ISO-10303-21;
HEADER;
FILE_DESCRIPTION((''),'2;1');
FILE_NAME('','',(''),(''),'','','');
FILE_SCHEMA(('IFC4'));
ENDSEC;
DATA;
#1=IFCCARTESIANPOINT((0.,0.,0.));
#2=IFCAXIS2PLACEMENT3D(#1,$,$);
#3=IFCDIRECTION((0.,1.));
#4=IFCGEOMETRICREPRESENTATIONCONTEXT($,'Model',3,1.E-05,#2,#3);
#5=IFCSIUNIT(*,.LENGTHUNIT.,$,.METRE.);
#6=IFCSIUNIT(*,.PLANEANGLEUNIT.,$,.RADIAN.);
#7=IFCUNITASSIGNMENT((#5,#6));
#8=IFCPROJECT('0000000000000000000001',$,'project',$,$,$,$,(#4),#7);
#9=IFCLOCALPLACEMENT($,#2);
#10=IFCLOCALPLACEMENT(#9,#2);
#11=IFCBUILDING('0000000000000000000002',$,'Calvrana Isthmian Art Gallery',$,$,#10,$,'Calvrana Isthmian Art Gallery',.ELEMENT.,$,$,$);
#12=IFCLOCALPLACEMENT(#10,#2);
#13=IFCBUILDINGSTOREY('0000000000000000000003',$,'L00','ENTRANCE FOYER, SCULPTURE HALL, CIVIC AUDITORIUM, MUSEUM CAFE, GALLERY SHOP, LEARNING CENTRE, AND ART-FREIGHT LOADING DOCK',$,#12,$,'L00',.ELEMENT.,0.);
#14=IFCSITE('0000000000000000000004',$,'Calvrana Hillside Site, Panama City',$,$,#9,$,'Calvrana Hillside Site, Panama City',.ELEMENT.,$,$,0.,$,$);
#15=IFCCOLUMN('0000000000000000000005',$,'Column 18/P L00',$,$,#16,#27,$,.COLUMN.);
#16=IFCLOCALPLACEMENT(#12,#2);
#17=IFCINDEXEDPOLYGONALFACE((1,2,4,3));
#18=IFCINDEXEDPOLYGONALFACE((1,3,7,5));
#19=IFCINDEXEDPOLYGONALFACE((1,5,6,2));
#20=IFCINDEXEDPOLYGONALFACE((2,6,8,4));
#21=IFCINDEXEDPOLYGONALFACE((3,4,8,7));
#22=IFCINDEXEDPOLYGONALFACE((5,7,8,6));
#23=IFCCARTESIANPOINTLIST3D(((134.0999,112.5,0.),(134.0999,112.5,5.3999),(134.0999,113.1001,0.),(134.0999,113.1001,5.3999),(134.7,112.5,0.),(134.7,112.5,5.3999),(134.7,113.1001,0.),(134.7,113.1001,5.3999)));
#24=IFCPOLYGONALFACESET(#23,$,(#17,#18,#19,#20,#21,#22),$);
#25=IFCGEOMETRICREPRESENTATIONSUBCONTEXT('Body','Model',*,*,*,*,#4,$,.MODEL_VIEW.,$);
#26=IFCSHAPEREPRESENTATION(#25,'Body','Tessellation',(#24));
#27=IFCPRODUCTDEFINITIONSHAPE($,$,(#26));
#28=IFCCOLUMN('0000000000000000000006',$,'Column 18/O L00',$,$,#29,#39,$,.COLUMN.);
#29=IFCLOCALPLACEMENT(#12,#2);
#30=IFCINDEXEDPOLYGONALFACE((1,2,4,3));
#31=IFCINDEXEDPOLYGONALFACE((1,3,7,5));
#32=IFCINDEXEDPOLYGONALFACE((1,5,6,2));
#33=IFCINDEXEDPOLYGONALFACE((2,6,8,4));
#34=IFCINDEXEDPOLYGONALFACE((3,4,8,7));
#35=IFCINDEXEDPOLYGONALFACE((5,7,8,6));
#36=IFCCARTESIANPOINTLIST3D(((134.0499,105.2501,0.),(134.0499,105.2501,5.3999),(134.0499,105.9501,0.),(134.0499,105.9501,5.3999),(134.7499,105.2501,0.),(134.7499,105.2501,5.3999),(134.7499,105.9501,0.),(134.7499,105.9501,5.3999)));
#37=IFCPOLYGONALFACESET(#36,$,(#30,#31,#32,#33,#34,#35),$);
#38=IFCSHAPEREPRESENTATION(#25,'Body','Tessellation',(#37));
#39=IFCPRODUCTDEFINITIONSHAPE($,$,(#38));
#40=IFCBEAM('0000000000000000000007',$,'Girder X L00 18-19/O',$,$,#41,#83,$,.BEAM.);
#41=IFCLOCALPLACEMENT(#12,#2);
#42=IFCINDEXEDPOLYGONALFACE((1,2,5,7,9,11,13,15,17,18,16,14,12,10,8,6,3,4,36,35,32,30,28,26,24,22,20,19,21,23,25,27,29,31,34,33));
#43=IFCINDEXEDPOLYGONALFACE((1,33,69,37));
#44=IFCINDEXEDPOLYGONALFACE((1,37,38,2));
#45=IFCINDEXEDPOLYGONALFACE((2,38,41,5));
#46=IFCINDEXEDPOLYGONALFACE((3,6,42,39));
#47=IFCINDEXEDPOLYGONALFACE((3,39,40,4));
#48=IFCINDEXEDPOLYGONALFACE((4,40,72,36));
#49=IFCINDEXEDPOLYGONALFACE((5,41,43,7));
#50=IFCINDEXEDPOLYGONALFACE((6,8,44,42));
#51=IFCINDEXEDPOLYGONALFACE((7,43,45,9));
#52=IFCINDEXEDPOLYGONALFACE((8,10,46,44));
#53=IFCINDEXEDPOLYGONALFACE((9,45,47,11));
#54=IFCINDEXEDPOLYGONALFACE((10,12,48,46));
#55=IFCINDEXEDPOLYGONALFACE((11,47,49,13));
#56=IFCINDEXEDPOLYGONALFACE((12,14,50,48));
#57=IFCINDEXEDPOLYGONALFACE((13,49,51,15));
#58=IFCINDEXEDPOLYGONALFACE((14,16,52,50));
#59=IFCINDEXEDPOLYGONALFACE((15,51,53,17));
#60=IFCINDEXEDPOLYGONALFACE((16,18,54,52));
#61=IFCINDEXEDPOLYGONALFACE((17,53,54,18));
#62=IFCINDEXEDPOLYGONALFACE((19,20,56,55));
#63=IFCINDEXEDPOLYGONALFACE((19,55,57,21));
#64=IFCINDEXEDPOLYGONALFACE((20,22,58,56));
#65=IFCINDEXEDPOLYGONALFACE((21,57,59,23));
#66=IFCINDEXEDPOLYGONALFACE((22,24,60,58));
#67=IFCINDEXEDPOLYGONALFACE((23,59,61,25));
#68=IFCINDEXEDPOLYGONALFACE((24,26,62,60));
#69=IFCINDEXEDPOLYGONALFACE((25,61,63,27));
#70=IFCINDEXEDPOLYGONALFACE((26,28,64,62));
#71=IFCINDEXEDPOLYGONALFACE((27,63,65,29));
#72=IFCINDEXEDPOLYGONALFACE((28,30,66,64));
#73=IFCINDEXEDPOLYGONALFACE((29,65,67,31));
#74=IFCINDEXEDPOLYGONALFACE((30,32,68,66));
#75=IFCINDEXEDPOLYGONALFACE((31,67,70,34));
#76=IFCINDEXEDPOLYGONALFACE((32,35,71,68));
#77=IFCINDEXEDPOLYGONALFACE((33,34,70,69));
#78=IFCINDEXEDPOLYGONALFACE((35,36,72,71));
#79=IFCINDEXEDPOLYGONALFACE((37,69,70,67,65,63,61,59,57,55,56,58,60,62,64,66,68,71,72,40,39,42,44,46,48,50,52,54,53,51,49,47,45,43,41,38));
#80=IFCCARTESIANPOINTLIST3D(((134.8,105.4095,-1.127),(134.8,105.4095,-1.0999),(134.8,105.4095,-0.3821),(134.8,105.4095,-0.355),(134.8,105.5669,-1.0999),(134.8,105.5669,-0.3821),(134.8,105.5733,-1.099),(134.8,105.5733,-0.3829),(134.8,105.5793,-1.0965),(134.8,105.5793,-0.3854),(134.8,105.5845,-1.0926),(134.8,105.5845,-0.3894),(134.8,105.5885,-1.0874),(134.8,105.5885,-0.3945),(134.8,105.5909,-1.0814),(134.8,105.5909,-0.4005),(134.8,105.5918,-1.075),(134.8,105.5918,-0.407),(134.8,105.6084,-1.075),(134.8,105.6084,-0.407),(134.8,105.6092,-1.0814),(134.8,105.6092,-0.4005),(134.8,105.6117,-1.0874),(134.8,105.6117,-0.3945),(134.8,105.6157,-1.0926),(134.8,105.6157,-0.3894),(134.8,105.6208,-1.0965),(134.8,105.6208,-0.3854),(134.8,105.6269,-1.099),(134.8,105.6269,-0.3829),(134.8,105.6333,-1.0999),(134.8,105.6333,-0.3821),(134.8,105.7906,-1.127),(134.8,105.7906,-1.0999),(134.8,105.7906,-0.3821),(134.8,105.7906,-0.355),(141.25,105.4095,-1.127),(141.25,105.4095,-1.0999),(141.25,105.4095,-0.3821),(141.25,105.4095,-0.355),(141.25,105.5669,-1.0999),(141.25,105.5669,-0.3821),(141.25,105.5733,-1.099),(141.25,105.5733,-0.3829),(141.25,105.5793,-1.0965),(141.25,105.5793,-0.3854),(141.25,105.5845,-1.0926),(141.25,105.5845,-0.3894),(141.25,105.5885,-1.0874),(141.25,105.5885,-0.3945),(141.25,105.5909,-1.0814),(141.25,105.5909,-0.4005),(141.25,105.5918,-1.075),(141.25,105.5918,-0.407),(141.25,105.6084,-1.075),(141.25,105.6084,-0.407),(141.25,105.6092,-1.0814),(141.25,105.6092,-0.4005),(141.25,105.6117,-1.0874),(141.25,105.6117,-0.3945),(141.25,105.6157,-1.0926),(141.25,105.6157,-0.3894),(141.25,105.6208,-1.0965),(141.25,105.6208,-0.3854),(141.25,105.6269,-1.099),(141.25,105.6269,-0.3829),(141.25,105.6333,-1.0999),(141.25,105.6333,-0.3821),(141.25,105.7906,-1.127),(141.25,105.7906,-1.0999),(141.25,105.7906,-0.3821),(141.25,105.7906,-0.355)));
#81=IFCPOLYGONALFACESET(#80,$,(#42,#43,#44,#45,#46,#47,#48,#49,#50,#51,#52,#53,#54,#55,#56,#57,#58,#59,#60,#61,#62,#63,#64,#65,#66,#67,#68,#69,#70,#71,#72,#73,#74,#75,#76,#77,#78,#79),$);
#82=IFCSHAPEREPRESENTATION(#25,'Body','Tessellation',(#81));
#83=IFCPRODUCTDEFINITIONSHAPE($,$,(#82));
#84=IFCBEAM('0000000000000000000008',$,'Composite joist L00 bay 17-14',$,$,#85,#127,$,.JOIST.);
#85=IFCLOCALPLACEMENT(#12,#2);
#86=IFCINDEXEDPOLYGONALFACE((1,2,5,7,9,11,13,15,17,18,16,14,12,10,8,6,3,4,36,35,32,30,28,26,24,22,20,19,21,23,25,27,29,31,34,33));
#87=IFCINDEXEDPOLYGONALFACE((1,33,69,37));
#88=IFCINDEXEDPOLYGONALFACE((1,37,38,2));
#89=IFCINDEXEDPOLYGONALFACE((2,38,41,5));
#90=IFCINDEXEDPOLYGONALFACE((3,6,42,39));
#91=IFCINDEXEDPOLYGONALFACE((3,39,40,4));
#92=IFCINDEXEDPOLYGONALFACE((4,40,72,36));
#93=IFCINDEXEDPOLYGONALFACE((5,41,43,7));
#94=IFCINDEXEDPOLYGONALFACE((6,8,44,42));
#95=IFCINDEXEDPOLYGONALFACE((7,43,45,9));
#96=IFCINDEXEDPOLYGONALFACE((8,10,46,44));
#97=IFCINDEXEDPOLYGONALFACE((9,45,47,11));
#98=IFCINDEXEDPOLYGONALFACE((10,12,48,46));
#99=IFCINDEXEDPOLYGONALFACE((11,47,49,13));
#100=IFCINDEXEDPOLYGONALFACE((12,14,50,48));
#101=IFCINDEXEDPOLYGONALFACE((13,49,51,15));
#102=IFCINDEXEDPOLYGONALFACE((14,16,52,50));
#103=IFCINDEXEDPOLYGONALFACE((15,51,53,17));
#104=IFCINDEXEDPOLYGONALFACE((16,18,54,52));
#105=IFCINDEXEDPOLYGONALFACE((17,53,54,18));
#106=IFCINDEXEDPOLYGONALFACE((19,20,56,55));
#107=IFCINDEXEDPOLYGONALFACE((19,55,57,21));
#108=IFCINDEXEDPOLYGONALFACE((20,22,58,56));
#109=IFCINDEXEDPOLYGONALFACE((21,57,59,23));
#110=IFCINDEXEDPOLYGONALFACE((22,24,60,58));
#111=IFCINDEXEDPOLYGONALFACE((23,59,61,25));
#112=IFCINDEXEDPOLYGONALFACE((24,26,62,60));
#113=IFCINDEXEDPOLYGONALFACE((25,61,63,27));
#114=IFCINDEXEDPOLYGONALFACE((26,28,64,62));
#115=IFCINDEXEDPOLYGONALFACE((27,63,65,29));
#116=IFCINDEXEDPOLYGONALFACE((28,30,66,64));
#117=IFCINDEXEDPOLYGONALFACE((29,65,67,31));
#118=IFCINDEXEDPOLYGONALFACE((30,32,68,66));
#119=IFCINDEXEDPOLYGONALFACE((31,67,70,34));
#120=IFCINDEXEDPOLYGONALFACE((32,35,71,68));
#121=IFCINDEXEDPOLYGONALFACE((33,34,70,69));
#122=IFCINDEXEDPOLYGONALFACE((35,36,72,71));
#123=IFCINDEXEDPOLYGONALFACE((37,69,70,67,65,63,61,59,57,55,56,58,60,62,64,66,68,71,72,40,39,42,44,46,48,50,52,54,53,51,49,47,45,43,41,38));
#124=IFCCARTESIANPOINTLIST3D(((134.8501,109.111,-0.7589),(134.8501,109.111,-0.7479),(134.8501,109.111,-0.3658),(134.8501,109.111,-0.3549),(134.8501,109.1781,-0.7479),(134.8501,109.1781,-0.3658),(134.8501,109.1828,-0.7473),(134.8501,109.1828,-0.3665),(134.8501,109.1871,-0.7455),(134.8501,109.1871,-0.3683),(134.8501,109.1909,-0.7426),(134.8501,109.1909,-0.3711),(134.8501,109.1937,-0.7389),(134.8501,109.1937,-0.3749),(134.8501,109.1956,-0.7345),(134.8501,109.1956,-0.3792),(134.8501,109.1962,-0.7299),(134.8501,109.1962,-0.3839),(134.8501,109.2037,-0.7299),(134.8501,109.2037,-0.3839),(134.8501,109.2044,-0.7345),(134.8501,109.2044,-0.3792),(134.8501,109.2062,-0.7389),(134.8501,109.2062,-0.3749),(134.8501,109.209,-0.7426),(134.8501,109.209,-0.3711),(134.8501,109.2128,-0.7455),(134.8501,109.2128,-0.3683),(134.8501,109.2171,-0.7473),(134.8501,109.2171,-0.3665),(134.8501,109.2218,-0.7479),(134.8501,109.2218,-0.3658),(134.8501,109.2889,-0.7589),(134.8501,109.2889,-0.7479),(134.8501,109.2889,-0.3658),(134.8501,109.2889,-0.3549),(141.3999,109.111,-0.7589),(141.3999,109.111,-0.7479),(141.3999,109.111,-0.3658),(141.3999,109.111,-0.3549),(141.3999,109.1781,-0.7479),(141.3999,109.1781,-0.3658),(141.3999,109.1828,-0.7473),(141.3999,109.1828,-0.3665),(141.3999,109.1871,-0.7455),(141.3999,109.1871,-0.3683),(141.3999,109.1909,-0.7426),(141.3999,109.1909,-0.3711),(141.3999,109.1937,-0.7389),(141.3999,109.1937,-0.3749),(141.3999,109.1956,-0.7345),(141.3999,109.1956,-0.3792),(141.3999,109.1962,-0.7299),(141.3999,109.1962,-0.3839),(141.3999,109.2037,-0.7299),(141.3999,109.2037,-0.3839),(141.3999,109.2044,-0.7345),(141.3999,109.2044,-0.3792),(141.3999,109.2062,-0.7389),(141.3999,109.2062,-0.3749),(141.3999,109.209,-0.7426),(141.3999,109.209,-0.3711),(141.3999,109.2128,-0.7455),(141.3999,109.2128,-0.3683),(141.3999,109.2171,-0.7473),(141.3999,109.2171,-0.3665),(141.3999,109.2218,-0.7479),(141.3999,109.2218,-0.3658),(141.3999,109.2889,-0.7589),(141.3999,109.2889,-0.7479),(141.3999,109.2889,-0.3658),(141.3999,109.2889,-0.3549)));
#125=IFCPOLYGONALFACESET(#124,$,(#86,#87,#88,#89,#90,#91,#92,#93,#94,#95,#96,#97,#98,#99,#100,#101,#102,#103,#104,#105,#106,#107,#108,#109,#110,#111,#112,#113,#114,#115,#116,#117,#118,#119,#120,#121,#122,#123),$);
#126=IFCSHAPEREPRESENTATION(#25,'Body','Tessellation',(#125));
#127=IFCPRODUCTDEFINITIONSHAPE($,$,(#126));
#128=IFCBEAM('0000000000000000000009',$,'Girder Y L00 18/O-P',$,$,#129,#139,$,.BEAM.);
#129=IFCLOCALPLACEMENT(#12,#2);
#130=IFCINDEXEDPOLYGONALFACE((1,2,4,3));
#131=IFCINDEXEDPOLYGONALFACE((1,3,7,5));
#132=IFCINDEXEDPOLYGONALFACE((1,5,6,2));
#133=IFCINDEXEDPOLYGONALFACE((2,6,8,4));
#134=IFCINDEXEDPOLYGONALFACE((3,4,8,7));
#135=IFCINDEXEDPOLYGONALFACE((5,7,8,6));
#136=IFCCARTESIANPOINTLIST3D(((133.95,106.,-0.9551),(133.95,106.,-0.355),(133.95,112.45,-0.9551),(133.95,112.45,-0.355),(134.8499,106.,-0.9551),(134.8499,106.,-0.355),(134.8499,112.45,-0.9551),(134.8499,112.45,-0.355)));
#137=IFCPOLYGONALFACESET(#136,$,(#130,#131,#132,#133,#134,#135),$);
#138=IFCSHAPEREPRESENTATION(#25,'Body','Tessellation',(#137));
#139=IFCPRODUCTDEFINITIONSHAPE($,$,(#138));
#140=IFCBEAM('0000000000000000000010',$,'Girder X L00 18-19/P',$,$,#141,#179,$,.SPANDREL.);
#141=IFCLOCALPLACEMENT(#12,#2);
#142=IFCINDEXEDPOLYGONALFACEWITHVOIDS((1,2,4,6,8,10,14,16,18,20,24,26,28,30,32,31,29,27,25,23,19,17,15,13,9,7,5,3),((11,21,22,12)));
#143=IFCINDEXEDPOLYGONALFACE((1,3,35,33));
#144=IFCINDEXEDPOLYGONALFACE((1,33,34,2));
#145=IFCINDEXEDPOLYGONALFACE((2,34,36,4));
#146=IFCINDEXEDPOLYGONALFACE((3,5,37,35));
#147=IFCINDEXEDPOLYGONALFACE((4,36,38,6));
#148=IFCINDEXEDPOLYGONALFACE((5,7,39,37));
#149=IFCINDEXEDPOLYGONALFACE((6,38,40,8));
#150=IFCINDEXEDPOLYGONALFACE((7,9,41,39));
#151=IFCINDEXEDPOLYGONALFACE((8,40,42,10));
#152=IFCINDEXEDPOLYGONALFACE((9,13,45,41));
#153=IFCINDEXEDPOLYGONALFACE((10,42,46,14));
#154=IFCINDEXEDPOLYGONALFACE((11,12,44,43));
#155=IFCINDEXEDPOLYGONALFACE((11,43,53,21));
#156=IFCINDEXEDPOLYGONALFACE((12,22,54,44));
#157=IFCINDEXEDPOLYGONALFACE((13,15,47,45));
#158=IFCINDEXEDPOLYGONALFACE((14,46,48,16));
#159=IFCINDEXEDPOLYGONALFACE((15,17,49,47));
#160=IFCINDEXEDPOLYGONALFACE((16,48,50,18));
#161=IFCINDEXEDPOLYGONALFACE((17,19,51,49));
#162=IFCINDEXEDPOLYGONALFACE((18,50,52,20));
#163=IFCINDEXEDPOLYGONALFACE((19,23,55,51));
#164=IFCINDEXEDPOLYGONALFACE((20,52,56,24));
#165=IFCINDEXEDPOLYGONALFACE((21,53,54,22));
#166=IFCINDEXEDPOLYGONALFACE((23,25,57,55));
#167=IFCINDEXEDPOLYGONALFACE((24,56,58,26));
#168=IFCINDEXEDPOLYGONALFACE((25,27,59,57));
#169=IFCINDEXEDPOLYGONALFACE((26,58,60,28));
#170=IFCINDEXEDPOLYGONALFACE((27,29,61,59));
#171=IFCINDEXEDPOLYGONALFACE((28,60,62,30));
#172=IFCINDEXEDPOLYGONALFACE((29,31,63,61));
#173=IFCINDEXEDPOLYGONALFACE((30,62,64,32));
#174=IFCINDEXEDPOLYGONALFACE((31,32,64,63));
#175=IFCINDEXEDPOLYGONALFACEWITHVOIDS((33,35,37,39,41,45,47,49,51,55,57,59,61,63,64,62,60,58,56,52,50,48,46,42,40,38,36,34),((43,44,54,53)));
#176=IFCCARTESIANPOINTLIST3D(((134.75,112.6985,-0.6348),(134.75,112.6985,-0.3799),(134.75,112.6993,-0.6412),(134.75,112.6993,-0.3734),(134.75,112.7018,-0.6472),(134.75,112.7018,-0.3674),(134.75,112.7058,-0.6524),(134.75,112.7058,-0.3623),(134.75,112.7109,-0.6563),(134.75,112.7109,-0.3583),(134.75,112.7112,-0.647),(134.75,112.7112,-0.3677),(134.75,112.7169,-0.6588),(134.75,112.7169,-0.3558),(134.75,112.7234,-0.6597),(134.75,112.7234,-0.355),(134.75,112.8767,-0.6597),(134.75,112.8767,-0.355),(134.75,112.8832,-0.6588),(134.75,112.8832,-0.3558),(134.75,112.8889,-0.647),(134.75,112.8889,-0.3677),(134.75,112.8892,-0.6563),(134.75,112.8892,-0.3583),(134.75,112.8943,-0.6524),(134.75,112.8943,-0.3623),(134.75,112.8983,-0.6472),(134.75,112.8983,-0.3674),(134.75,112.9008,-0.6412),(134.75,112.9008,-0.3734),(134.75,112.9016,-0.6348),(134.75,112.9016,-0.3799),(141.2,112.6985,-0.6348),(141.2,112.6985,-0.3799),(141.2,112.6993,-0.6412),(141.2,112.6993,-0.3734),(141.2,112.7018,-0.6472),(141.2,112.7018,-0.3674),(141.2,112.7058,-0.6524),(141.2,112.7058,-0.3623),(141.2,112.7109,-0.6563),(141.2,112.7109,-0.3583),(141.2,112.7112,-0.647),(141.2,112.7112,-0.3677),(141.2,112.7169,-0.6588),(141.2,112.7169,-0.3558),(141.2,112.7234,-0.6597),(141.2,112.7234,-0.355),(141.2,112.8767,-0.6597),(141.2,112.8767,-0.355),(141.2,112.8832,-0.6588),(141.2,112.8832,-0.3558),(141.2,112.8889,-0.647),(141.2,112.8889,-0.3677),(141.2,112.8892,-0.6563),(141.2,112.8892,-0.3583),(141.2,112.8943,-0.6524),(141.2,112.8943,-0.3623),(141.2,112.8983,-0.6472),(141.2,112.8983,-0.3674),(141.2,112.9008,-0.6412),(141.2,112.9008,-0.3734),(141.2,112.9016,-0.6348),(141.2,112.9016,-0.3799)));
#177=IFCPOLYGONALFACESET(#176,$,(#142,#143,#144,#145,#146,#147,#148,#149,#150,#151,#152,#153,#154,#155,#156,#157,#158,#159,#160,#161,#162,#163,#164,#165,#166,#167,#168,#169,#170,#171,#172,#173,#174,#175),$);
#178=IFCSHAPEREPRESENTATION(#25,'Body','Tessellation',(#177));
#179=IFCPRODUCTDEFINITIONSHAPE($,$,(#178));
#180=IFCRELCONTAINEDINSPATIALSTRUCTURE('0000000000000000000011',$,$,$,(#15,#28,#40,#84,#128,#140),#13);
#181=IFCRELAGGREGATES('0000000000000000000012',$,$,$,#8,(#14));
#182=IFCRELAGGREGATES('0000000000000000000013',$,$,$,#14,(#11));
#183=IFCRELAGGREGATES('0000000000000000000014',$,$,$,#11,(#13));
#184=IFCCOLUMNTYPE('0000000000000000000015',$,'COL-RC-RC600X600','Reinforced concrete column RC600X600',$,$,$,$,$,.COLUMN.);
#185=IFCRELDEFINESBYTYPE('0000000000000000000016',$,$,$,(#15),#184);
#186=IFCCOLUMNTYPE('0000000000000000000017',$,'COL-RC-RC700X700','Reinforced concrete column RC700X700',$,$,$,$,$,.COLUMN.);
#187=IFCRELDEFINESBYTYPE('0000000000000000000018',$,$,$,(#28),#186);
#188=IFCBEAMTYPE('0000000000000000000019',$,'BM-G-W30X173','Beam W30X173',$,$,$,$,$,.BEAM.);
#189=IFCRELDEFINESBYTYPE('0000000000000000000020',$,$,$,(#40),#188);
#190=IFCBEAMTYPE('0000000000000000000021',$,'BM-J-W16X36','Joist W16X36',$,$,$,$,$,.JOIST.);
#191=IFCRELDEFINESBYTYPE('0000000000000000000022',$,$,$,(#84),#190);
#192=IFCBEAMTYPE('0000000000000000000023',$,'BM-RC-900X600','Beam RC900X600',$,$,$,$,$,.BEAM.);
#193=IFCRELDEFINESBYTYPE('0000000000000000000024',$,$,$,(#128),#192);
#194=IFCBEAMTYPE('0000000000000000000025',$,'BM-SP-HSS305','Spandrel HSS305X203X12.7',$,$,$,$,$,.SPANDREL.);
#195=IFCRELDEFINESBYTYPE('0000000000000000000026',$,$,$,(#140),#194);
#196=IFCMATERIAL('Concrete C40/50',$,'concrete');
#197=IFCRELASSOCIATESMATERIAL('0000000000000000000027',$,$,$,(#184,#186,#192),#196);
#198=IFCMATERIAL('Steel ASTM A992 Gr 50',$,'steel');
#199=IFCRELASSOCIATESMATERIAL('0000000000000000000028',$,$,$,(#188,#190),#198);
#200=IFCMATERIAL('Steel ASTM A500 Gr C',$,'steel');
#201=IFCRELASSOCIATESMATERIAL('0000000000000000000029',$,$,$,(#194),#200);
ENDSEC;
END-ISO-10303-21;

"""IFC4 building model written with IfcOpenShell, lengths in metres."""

from ifc_helpers import new_model, si_unit, direction, frame, origin, origin_2d, place, context, subcontext, project, spatial, rectangle, hollow_rectangle, i_section, extrude, material, material_profile, profile_set, type_object, element, save


model = new_model("IFC4")

# Units and contexts
model_context = context("Model", 3, precision=1e-05, world=origin(), true_north=direction((0.0, 1.0)))
body_context = subcontext(model_context, "Body", "Model", "MODEL_VIEW")
ifc_project = project(units=[si_unit("LENGTHUNIT", "METRE"), si_unit("PLANEANGLEUNIT", "RADIAN")], contexts=[model_context])

# Site, building, storey
site_placement = place(None, origin())
site = spatial("IfcSite", under=ifc_project, at=site_placement, Name="Calvrana Hillside Site, Panama City", LongName="Calvrana Hillside Site, Panama City", CompositionType="ELEMENT", RefElevation=0.0)
building_placement = place(site_placement, origin())
building = spatial("IfcBuilding", under=site, at=building_placement, Name="Calvrana Isthmian Art Gallery", LongName="Calvrana Isthmian Art Gallery", CompositionType="ELEMENT")
storey_placement = place(building_placement, origin())
storey = spatial("IfcBuildingStorey", under=building, at=storey_placement, Name="L00", Description="ENTRANCE FOYER, SCULPTURE HALL, CIVIC AUDITORIUM, MUSEUM CAFE, GALLERY SHOP, LEARNING CENTRE, AND ART-FREIGHT LOADING DOCK", LongName="L00", CompositionType="ELEMENT", Elevation=0.0)

# Columns
ifc_material_1 = material(Name="Concrete C40/50", Category="concrete")
ifc_material_profile_1 = material_profile(ifc_material_1, rectangle(XDim=0.6001, YDim=0.6001, at=origin_2d()), Name="RC600X600")
ifc_profile_set_1 = profile_set([ifc_material_profile_1], Name="Concrete C40/50")
column_type_1 = type_object("IfcColumnType", Name="COL-RC-RC600X600", Description="Reinforced concrete column RC600X600", PredefinedType="COLUMN", material=ifc_profile_set_1)
column_1_placement = place(storey_placement, frame((134.3999, 112.8, 0.0), z_axis=(0.0, 0.0, 1.0), x_axis=(1.0, 0.0, 0.0)))
element("IfcColumn", 1, at=column_1_placement, inside=storey, type_object=column_type_1, Name="Column 18/P L00", PredefinedType="COLUMN", context=body_context, shape_type="SweptSolid", body=[
    extrude(rectangle(XDim=0.6001, YDim=0.6001, at=origin_2d()), origin(), (0.0, 0.0, 1.0), 5.3999),
])
ifc_material_profile_2 = material_profile(ifc_material_1, rectangle(XDim=0.7, YDim=0.7, at=origin_2d()), Name="RC700X700")
ifc_profile_set_2 = profile_set([ifc_material_profile_2], Name="Concrete C40/50")
column_type_2 = type_object("IfcColumnType", Name="COL-RC-RC700X700", Description="Reinforced concrete column RC700X700", PredefinedType="COLUMN", material=ifc_profile_set_2)
column_2_placement = place(storey_placement, frame((134.3999, 105.6001, 0.0), z_axis=(0.0, 0.0, 1.0), x_axis=(1.0, 0.0, 0.0)))
element("IfcColumn", 2, at=column_2_placement, inside=storey, type_object=column_type_2, Name="Column 18/O L00", PredefinedType="COLUMN", context=body_context, shape_type="SweptSolid", body=[
    extrude(rectangle(XDim=0.7, YDim=0.7, at=origin_2d()), origin(), (0.0, 0.0, 1.0), 5.3999),
])

# Beams
ifc_material_2 = material(Name="Steel ASTM A992 Gr 50", Category="steel")
ifc_material_profile_3 = material_profile(ifc_material_2, i_section(OverallWidth=0.3811, OverallDepth=0.772, WebThickness=0.0166, FlangeThickness=0.0271, FilletRadius=0.0249, at=origin_2d()), Name="W30X173")
ifc_profile_set_3 = profile_set([ifc_material_profile_3], Name="Steel ASTM A992 Gr 50")
beam_type_1 = type_object("IfcBeamType", Name="BM-G-W30X173", Description="Beam W30X173", PredefinedType="BEAM", material=ifc_profile_set_3)
beam_1_placement = place(storey_placement, frame((134.8, 105.6001, -0.741), z_axis=(1.0, 0.0, 0.0), x_axis=(0.0, 1.0, 0.0)))
element("IfcBeam", 3, at=beam_1_placement, inside=storey, type_object=beam_type_1, Name="Girder X L00 18-19/O", PredefinedType="BEAM", context=body_context, shape_type="SweptSolid", body=[
    extrude(i_section(OverallWidth=0.3811, OverallDepth=0.772, WebThickness=0.0166, FlangeThickness=0.0271, FilletRadius=0.0249, at=origin_2d()), origin(), (0.0, 0.0, 1.0), 6.45),
])
ifc_material_profile_4 = material_profile(ifc_material_2, i_section(OverallWidth=0.178, OverallDepth=0.4041, WebThickness=0.0076, FlangeThickness=0.011, FilletRadius=0.0181, at=origin_2d()), Name="W16X36")
ifc_profile_set_4 = profile_set([ifc_material_profile_4], Name="Steel ASTM A992 Gr 50")
beam_type_2 = type_object("IfcBeamType", Name="BM-J-W16X36", Description="Joist W16X36", PredefinedType="JOIST", material=ifc_profile_set_4)
beam_2_placement = place(storey_placement, frame((134.8501, 109.2, -0.5569), z_axis=(1.0, 0.0, 0.0), x_axis=(0.0, 1.0, 0.0)))
element("IfcBeam", 4, at=beam_2_placement, inside=storey, type_object=beam_type_2, Name="Composite joist L00 bay 17-14", PredefinedType="JOIST", context=body_context, shape_type="SweptSolid", body=[
    extrude(i_section(OverallWidth=0.178, OverallDepth=0.4041, WebThickness=0.0076, FlangeThickness=0.011, FilletRadius=0.0181, at=origin_2d()), origin(), (0.0, 0.0, 1.0), 6.5498),
])
ifc_material_profile_5 = material_profile(ifc_material_1, rectangle(XDim=0.8999, YDim=0.6001, at=origin_2d()), Name="RC900X600")
ifc_profile_set_5 = profile_set([ifc_material_profile_5], Name="Concrete C40/50")
beam_type_3 = type_object("IfcBeamType", Name="BM-RC-900X600", Description="Beam RC900X600", PredefinedType="BEAM", material=ifc_profile_set_5)
beam_3_placement = place(storey_placement, frame((134.3999, 106.0, -0.655), z_axis=(0.0, 1.0, 0.0), x_axis=(-1.0, 0.0, 0.0)))
element("IfcBeam", 5, at=beam_3_placement, inside=storey, type_object=beam_type_3, Name="Girder Y L00 18/O-P", PredefinedType="BEAM", context=body_context, shape_type="SweptSolid", body=[
    extrude(rectangle(XDim=0.8999, YDim=0.6001, at=origin_2d()), origin(), (0.0, 0.0, 1.0), 6.45),
])
ifc_material_3 = material(Name="Steel ASTM A500 Gr C", Category="steel")
ifc_material_profile_6 = material_profile(ifc_material_3, hollow_rectangle(XDim=0.2031, YDim=0.3047, WallThickness=0.0127, OuterFilletRadius=0.0249, at=origin_2d()), Name="HSS305X203X12.7")
ifc_profile_set_6 = profile_set([ifc_material_profile_6], Name="Steel ASTM A500 Gr C")
beam_type_4 = type_object("IfcBeamType", Name="BM-SP-HSS305", Description="Spandrel HSS305X203X12.7", PredefinedType="SPANDREL", material=ifc_profile_set_6)
beam_4_placement = place(storey_placement, frame((134.75, 112.8, -0.5073), z_axis=(1.0, 0.0, 0.0), x_axis=(0.0, 1.0, 0.0)))
element("IfcBeam", 6, at=beam_4_placement, inside=storey, type_object=beam_type_4, Name="Girder X L00 18-19/P", PredefinedType="SPANDREL", context=body_context, shape_type="SweptSolid", body=[
    extrude(hollow_rectangle(XDim=0.2031, YDim=0.3047, WallThickness=0.0127, OuterFilletRadius=0.0249, at=origin_2d()), origin(), (0.0, 0.0, 1.0), 6.45),
])

save(model, "model.ifc")
